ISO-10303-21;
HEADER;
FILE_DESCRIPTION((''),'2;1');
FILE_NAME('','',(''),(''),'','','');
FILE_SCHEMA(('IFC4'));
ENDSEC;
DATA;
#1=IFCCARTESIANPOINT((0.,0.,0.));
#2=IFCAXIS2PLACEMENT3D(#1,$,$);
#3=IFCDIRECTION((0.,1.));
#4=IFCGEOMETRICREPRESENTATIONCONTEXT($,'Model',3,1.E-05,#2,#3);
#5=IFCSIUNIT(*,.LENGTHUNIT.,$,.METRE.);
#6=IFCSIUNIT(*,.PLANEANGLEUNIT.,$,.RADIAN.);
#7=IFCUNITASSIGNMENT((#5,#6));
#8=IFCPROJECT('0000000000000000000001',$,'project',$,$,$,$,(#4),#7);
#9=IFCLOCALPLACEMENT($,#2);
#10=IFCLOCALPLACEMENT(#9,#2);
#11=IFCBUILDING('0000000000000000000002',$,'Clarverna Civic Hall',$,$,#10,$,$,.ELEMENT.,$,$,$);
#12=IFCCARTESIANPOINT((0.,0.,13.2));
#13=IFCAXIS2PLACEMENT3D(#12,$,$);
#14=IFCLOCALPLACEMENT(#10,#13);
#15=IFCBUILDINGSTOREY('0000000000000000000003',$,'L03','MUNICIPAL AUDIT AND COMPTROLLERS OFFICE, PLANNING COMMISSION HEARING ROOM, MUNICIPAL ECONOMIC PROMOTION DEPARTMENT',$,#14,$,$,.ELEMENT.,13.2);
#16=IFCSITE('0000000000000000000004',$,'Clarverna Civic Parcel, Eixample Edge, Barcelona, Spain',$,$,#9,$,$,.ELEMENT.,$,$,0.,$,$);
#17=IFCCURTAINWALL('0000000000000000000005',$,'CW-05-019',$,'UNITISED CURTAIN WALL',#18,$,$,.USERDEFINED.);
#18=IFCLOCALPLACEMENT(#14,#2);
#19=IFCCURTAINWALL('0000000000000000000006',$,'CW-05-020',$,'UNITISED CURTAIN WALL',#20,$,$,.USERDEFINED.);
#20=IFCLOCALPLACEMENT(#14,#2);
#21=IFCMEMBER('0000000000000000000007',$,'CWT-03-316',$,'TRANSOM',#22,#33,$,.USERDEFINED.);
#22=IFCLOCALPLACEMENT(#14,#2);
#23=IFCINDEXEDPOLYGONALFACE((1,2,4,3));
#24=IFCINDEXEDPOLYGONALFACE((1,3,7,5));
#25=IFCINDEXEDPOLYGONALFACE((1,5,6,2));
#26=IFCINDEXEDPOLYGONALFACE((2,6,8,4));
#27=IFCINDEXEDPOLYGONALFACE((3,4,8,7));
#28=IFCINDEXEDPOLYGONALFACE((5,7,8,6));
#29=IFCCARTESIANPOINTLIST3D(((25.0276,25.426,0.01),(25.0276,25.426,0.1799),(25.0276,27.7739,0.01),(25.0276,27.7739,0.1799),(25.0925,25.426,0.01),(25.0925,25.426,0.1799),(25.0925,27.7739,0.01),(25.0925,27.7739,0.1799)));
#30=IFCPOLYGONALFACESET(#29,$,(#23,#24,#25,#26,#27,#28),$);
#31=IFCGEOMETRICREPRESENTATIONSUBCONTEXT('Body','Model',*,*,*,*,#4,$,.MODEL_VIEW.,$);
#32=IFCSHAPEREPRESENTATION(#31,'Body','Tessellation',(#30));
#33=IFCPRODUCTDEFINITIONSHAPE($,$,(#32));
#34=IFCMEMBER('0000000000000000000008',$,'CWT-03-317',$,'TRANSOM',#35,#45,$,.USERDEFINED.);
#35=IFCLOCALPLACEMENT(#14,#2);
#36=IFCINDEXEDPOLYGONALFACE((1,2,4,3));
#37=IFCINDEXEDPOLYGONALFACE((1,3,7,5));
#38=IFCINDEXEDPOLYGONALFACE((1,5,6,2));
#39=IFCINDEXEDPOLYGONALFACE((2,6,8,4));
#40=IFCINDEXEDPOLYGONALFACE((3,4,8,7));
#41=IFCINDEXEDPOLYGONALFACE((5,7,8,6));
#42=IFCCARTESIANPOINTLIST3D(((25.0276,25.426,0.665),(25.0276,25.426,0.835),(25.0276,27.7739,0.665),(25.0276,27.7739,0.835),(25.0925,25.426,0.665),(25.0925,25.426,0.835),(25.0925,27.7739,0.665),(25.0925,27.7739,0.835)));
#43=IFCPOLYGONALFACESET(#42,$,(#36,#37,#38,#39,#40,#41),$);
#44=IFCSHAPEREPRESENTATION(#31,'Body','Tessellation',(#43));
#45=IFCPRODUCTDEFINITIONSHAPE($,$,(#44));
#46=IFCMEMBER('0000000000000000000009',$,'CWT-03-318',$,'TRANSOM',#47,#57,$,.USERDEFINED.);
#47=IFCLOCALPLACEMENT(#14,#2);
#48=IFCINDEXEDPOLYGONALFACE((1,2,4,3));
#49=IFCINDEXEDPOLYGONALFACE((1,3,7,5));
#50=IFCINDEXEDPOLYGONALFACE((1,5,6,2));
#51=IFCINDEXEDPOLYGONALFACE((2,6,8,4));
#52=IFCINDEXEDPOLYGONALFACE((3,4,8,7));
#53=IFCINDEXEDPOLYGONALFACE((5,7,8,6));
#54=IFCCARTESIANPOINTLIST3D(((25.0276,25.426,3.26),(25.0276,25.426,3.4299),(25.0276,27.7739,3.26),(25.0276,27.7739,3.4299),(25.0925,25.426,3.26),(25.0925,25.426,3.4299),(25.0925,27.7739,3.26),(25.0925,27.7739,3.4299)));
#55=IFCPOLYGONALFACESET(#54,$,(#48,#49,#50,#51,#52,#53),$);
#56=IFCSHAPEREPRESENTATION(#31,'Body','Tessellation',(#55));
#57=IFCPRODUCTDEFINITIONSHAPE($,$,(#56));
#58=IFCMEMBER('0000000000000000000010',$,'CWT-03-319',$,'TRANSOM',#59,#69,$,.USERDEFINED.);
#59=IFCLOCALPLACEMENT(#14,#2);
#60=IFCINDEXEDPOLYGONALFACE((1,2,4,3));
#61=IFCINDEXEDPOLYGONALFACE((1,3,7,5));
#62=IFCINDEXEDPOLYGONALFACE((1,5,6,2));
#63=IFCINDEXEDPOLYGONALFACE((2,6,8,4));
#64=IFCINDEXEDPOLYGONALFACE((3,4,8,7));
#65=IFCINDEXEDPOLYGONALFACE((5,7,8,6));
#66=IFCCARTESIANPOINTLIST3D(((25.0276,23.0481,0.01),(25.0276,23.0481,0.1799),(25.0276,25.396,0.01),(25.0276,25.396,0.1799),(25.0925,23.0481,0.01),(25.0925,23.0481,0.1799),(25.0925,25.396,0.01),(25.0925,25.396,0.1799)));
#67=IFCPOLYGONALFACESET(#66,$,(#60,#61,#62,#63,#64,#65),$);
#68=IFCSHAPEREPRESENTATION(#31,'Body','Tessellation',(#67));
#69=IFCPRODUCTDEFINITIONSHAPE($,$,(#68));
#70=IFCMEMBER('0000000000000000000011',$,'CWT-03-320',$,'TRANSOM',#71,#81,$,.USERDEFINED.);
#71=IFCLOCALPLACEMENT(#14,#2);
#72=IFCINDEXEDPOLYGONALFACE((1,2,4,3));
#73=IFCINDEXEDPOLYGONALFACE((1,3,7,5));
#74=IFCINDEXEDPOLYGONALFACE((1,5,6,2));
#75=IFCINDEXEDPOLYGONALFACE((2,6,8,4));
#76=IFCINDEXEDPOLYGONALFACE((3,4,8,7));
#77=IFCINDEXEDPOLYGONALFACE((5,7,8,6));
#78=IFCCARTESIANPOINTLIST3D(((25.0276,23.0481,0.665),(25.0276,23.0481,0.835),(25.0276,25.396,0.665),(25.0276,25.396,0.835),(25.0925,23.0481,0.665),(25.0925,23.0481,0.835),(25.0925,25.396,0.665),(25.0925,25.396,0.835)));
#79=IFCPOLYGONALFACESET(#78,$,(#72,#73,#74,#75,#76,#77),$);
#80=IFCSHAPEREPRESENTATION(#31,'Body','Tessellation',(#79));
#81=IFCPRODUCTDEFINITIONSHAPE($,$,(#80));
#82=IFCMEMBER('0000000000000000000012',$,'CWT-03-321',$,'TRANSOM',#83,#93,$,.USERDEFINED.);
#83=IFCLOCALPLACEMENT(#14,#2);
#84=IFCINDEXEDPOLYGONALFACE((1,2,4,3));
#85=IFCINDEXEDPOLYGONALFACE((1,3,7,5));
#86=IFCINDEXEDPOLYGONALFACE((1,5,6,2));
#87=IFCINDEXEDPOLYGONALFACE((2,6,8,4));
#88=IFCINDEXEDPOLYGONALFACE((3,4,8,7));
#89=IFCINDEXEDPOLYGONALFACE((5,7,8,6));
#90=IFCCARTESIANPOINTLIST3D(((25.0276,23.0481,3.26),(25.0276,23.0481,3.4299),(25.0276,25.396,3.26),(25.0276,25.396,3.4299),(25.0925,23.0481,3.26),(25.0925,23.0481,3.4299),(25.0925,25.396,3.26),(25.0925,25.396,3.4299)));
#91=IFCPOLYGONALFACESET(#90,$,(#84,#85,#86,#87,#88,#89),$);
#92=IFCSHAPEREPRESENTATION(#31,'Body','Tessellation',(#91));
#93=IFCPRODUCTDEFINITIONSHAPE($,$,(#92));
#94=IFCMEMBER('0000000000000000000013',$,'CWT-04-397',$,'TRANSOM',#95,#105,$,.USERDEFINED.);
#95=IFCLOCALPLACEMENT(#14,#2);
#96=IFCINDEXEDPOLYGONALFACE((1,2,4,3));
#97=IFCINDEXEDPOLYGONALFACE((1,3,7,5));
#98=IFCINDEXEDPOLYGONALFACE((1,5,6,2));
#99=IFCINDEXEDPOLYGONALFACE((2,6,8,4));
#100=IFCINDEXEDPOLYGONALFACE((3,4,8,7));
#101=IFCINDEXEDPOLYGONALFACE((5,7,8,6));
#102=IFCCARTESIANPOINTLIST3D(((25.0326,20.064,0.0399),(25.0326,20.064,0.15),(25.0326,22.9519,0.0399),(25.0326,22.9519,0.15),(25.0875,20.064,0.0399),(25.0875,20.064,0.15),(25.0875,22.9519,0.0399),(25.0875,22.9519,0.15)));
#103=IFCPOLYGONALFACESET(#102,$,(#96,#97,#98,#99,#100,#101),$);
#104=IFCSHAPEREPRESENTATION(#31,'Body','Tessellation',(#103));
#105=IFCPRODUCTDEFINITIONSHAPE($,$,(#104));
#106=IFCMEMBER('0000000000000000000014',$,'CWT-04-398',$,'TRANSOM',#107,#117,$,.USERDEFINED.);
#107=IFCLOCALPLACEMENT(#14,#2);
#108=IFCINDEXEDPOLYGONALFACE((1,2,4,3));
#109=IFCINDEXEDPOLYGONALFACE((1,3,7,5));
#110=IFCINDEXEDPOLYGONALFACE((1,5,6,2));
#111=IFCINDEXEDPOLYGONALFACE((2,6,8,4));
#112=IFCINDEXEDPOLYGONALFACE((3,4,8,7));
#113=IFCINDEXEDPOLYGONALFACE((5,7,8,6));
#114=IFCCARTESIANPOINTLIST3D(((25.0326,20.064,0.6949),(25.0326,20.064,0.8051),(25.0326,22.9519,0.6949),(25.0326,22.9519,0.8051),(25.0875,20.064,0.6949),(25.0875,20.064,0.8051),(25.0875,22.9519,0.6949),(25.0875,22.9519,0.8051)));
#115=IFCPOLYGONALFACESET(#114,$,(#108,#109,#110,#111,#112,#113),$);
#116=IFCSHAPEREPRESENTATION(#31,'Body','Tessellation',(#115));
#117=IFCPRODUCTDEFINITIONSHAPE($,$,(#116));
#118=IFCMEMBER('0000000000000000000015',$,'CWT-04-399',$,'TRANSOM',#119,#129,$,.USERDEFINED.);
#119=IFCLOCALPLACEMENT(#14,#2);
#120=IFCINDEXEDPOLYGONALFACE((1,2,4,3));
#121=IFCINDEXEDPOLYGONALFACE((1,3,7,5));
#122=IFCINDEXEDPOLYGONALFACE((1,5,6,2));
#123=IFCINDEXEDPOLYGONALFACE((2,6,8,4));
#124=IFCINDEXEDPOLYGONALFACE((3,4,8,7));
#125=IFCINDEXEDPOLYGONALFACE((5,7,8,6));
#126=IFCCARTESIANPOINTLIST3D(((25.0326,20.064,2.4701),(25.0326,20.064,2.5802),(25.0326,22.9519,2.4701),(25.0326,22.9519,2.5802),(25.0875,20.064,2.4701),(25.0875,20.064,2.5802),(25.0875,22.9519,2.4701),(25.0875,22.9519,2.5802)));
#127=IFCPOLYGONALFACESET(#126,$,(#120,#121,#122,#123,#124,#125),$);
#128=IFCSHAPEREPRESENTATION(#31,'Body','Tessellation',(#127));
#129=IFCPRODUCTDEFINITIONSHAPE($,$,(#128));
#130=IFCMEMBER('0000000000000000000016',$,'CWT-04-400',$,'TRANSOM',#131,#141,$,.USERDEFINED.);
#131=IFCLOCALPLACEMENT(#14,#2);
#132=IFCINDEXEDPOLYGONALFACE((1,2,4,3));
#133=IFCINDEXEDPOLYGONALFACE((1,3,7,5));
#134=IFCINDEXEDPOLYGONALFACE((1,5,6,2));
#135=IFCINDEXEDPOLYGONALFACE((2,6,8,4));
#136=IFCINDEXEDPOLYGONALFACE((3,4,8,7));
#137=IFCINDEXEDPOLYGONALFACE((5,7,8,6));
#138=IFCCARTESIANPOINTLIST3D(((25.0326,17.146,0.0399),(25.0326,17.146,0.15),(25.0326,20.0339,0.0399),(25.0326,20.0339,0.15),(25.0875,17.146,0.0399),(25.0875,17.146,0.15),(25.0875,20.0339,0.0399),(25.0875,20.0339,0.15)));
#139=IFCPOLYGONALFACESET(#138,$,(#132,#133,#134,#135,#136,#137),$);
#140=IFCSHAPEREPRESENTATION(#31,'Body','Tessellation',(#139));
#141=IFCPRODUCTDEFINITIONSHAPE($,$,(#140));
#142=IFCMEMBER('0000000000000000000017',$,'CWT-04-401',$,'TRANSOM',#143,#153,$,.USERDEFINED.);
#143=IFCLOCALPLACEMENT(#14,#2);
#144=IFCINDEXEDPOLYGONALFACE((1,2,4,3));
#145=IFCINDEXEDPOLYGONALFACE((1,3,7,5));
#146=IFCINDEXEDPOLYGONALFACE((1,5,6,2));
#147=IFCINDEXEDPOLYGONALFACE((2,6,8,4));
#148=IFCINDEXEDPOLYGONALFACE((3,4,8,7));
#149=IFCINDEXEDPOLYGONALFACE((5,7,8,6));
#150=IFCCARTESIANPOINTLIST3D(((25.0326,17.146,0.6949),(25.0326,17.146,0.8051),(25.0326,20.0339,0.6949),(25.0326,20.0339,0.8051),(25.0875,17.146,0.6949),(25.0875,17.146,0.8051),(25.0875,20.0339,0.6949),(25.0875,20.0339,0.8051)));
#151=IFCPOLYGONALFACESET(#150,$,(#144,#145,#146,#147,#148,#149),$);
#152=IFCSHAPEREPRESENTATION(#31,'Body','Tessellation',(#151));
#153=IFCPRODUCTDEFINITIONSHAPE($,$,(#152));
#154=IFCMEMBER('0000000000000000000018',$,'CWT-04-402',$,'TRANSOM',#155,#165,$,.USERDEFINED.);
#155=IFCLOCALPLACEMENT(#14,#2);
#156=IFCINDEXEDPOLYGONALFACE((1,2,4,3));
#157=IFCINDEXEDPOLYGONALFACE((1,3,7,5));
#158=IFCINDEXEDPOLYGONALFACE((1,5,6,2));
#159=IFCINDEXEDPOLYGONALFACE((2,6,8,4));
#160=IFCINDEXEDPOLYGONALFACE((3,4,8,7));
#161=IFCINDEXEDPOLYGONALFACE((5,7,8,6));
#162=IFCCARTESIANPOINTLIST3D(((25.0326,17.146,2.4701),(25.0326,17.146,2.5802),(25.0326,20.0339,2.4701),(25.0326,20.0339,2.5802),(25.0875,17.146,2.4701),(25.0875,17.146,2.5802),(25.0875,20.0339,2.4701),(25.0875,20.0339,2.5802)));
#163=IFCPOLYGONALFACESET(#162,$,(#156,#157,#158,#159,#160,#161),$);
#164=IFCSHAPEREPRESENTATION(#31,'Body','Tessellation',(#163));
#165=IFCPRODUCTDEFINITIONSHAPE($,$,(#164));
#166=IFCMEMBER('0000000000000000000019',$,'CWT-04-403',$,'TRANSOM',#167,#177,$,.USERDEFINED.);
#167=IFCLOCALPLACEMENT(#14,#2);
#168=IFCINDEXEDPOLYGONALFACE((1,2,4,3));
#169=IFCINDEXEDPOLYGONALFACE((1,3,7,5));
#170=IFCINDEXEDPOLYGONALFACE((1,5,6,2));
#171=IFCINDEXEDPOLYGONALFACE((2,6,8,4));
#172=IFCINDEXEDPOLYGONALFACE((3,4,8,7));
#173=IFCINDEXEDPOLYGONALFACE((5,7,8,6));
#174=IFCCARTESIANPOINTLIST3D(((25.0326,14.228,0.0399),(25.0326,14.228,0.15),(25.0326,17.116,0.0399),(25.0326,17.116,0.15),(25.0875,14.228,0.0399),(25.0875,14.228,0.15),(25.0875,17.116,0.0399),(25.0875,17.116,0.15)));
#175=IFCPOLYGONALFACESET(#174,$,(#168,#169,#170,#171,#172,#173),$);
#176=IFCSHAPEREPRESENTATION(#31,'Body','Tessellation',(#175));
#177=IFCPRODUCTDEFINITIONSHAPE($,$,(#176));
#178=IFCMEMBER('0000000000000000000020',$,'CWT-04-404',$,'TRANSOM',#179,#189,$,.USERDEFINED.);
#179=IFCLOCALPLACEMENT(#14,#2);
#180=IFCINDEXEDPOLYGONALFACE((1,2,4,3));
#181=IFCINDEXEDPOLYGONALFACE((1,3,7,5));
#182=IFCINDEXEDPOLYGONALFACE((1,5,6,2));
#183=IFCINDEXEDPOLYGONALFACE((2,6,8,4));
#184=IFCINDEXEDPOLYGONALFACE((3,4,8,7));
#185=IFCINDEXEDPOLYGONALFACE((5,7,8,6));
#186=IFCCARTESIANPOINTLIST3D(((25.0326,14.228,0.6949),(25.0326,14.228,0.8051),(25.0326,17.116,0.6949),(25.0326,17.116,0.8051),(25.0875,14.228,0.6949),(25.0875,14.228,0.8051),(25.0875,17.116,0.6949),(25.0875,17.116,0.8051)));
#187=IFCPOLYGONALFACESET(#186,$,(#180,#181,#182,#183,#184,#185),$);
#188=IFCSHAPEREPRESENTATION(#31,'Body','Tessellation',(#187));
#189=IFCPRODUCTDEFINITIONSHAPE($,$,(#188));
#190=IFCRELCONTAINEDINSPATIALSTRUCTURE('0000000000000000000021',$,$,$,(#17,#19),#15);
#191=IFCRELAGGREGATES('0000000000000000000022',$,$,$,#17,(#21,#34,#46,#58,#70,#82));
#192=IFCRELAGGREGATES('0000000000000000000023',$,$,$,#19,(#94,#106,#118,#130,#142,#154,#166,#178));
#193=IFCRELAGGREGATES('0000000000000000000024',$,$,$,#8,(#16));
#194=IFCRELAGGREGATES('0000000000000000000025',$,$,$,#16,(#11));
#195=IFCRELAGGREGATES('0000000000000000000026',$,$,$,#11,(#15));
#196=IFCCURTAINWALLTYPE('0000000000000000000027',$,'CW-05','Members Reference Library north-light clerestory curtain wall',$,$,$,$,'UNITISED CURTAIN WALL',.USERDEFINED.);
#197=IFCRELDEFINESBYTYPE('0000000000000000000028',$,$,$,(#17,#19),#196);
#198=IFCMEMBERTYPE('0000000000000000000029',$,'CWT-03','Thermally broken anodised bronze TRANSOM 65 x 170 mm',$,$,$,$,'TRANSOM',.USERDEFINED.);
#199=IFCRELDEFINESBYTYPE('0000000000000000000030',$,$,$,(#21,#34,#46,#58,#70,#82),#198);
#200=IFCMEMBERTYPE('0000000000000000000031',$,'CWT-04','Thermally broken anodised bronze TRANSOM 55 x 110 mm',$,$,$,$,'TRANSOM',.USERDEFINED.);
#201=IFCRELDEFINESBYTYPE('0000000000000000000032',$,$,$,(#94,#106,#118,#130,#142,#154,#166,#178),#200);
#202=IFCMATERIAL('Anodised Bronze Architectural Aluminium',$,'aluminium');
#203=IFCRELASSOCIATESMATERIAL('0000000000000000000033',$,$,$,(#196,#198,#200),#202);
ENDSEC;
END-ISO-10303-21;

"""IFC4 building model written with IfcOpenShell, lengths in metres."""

from ifc_helpers import new_model, si_unit, direction, frame, origin, origin_2d, place, context, subcontext, project, spatial, rectangle, extrude, material, material_profile, profile_set, type_object, element, aggregate, save


model = new_model("IFC4")

# Units and contexts
model_context = context("Model", 3, precision=1e-05, world=origin(), true_north=direction((0.0, 1.0)))
body_context = subcontext(model_context, "Body", "Model", "MODEL_VIEW")
ifc_project = project(units=[si_unit("LENGTHUNIT", "METRE"), si_unit("PLANEANGLEUNIT", "RADIAN")], contexts=[model_context])

# Site, building, storey
site_placement = place(None, origin())
site = spatial("IfcSite", under=ifc_project, at=site_placement, Name="Clarverna Civic Parcel, Eixample Edge, Barcelona, Spain", CompositionType="ELEMENT", RefElevation=0.0)
building_placement = place(site_placement, origin())
building = spatial("IfcBuilding", under=site, at=building_placement, Name="Clarverna Civic Hall", CompositionType="ELEMENT")
storey_placement = place(building_placement, frame((0.0, 0.0, 13.2)))
storey = spatial("IfcBuildingStorey", under=building, at=storey_placement, Name="L03", Description="MUNICIPAL AUDIT AND COMPTROLLERS OFFICE, PLANNING COMMISSION HEARING ROOM, MUNICIPAL ECONOMIC PROMOTION DEPARTMENT", CompositionType="ELEMENT", Elevation=13.2)

# Curtain walls
ifc_material_1 = material(Name="Anodised Bronze Architectural Aluminium", Category="aluminium")
curtain_wall_type = type_object("IfcCurtainWallType", Name="CW-05", Description="Members Reference Library north-light clerestory curtain wall", ElementType="UNITISED CURTAIN WALL", PredefinedType="USERDEFINED", material=ifc_material_1)
curtain_wall_1_placement = place(storey_placement, origin())
curtain_wall_1 = element("IfcCurtainWall", 1, at=curtain_wall_1_placement, inside=storey, type_object=curtain_wall_type, Name="CW-05-019", ObjectType="UNITISED CURTAIN WALL", PredefinedType="USERDEFINED")
curtain_wall_2_placement = place(storey_placement, origin())
curtain_wall_2 = element("IfcCurtainWall", 2, at=curtain_wall_2_placement, inside=storey, type_object=curtain_wall_type, Name="CW-05-020", ObjectType="UNITISED CURTAIN WALL", PredefinedType="USERDEFINED")

# Members
ifc_material_profile_1 = material_profile(ifc_material_1, rectangle(XDim=0.0649, YDim=0.1699, at=origin_2d()), Name="BRONZE 65x170")
ifc_profile_set_1 = profile_set([ifc_material_profile_1], Name="Anodised Bronze Architectural Aluminium")
member_type_1 = type_object("IfcMemberType", Name="CWT-03", Description="Thermally broken anodised bronze TRANSOM 65 x 170 mm", ElementType="TRANSOM", PredefinedType="USERDEFINED", material=ifc_profile_set_1)
member_1_placement = place(storey_placement, frame((25.0601, 27.7739, 0.095), z_axis=(0.0, -1.0, 0.0), x_axis=(1.0, 0.0, 0.0)))
member_1 = element("IfcMember", 3, at=member_1_placement, type_object=member_type_1, Name="CWT-03-316", ObjectType="TRANSOM", PredefinedType="USERDEFINED", context=body_context, shape_type="SweptSolid", body=[
    extrude(rectangle(XDim=0.0649, YDim=0.1699, at=origin_2d()), origin(), (0.0, 0.0, 1.0), 2.3479),
])
member_2_placement = place(storey_placement, frame((25.0601, 27.7739, 0.75), z_axis=(0.0, -1.0, 0.0), x_axis=(1.0, 0.0, 0.0)))
member_2 = element("IfcMember", 4, at=member_2_placement, type_object=member_type_1, Name="CWT-03-317", ObjectType="TRANSOM", PredefinedType="USERDEFINED", context=body_context, shape_type="SweptSolid", body=[
    extrude(rectangle(XDim=0.0649, YDim=0.1699, at=origin_2d()), origin(), (0.0, 0.0, 1.0), 2.3479),
])
member_3_placement = place(storey_placement, frame((25.0601, 27.7739, 3.345), z_axis=(0.0, -1.0, 0.0), x_axis=(1.0, 0.0, 0.0)))
member_3 = element("IfcMember", 5, at=member_3_placement, type_object=member_type_1, Name="CWT-03-318", ObjectType="TRANSOM", PredefinedType="USERDEFINED", context=body_context, shape_type="SweptSolid", body=[
    extrude(rectangle(XDim=0.0649, YDim=0.1699, at=origin_2d()), origin(), (0.0, 0.0, 1.0), 2.3479),
])
member_4_placement = place(storey_placement, frame((25.0601, 25.396, 0.095), z_axis=(0.0, -1.0, 0.0), x_axis=(1.0, 0.0, 0.0)))
member_4 = element("IfcMember", 6, at=member_4_placement, type_object=member_type_1, Name="CWT-03-319", ObjectType="TRANSOM", PredefinedType="USERDEFINED", context=body_context, shape_type="SweptSolid", body=[
    extrude(rectangle(XDim=0.0649, YDim=0.1699, at=origin_2d()), origin(), (0.0, 0.0, 1.0), 2.3479),
])
member_5_placement = place(storey_placement, frame((25.0601, 25.396, 0.75), z_axis=(0.0, -1.0, 0.0), x_axis=(1.0, 0.0, 0.0)))
member_5 = element("IfcMember", 7, at=member_5_placement, type_object=member_type_1, Name="CWT-03-320", ObjectType="TRANSOM", PredefinedType="USERDEFINED", context=body_context, shape_type="SweptSolid", body=[
    extrude(rectangle(XDim=0.0649, YDim=0.1699, at=origin_2d()), origin(), (0.0, 0.0, 1.0), 2.3479),
])
member_6_placement = place(storey_placement, frame((25.0601, 25.396, 3.345), z_axis=(0.0, -1.0, 0.0), x_axis=(1.0, 0.0, 0.0)))
member_6 = element("IfcMember", 8, at=member_6_placement, type_object=member_type_1, Name="CWT-03-321", ObjectType="TRANSOM", PredefinedType="USERDEFINED", context=body_context, shape_type="SweptSolid", body=[
    extrude(rectangle(XDim=0.0649, YDim=0.1699, at=origin_2d()), origin(), (0.0, 0.0, 1.0), 2.3479),
])
ifc_material_profile_2 = material_profile(ifc_material_1, rectangle(XDim=0.0549, YDim=0.1101, at=origin_2d()), Name="BRONZE 55x110")
ifc_profile_set_2 = profile_set([ifc_material_profile_2], Name="Anodised Bronze Architectural Aluminium")
member_type_2 = type_object("IfcMemberType", Name="CWT-04", Description="Thermally broken anodised bronze TRANSOM 55 x 110 mm", ElementType="TRANSOM", PredefinedType="USERDEFINED", material=ifc_profile_set_2)
member_7_placement = place(storey_placement, frame((25.0601, 22.9519, 0.095), z_axis=(0.0, -1.0, 0.0), x_axis=(1.0, 0.0, 0.0)))
member_7 = element("IfcMember", 9, at=member_7_placement, type_object=member_type_2, Name="CWT-04-397", ObjectType="TRANSOM", PredefinedType="USERDEFINED", context=body_context, shape_type="SweptSolid", body=[
    extrude(rectangle(XDim=0.0549, YDim=0.1101, at=origin_2d()), origin(), (0.0, 0.0, 1.0), 2.8879),
])
member_8_placement = place(storey_placement, frame((25.0601, 22.9519, 0.75), z_axis=(0.0, -1.0, 0.0), x_axis=(1.0, 0.0, 0.0)))
member_8 = element("IfcMember", 10, at=member_8_placement, type_object=member_type_2, Name="CWT-04-398", ObjectType="TRANSOM", PredefinedType="USERDEFINED", context=body_context, shape_type="SweptSolid", body=[
    extrude(rectangle(XDim=0.0549, YDim=0.1101, at=origin_2d()), origin(), (0.0, 0.0, 1.0), 2.8879),
])
member_9_placement = place(storey_placement, frame((25.0601, 22.9519, 2.5251), z_axis=(0.0, -1.0, 0.0), x_axis=(1.0, 0.0, 0.0)))
member_9 = element("IfcMember", 11, at=member_9_placement, type_object=member_type_2, Name="CWT-04-399", ObjectType="TRANSOM", PredefinedType="USERDEFINED", context=body_context, shape_type="SweptSolid", body=[
    extrude(rectangle(XDim=0.0549, YDim=0.1101, at=origin_2d()), origin(), (0.0, 0.0, 1.0), 2.8879),
])
member_10_placement = place(storey_placement, frame((25.0601, 20.0339, 0.095), z_axis=(0.0, -1.0, 0.0), x_axis=(1.0, 0.0, 0.0)))
member_10 = element("IfcMember", 12, at=member_10_placement, type_object=member_type_2, Name="CWT-04-400", ObjectType="TRANSOM", PredefinedType="USERDEFINED", context=body_context, shape_type="SweptSolid", body=[
    extrude(rectangle(XDim=0.0549, YDim=0.1101, at=origin_2d()), origin(), (0.0, 0.0, 1.0), 2.8879),
])
member_11_placement = place(storey_placement, frame((25.0601, 20.0339, 0.75), z_axis=(0.0, -1.0, 0.0), x_axis=(1.0, 0.0, 0.0)))
member_11 = element("IfcMember", 13, at=member_11_placement, type_object=member_type_2, Name="CWT-04-401", ObjectType="TRANSOM", PredefinedType="USERDEFINED", context=body_context, shape_type="SweptSolid", body=[
    extrude(rectangle(XDim=0.0549, YDim=0.1101, at=origin_2d()), origin(), (0.0, 0.0, 1.0), 2.8879),
])
member_12_placement = place(storey_placement, frame((25.0601, 20.0339, 2.5251), z_axis=(0.0, -1.0, 0.0), x_axis=(1.0, 0.0, 0.0)))
member_12 = element("IfcMember", 14, at=member_12_placement, type_object=member_type_2, Name="CWT-04-402", ObjectType="TRANSOM", PredefinedType="USERDEFINED", context=body_context, shape_type="SweptSolid", body=[
    extrude(rectangle(XDim=0.0549, YDim=0.1101, at=origin_2d()), origin(), (0.0, 0.0, 1.0), 2.8879),
])
member_13_placement = place(storey_placement, frame((25.0601, 17.116, 0.095), z_axis=(0.0, -1.0, 0.0), x_axis=(1.0, 0.0, 0.0)))
member_13 = element("IfcMember", 15, at=member_13_placement, type_object=member_type_2, Name="CWT-04-403", ObjectType="TRANSOM", PredefinedType="USERDEFINED", context=body_context, shape_type="SweptSolid", body=[
    extrude(rectangle(XDim=0.0549, YDim=0.1101, at=origin_2d()), origin(), (0.0, 0.0, 1.0), 2.8879),
])
member_14_placement = place(storey_placement, frame((25.0601, 17.116, 0.75), z_axis=(0.0, -1.0, 0.0), x_axis=(1.0, 0.0, 0.0)))
member_14 = element("IfcMember", 16, at=member_14_placement, type_object=member_type_2, Name="CWT-04-404", ObjectType="TRANSOM", PredefinedType="USERDEFINED", context=body_context, shape_type="SweptSolid", body=[
    extrude(rectangle(XDim=0.0549, YDim=0.1101, at=origin_2d()), origin(), (0.0, 0.0, 1.0), 2.8879),
])

aggregate(curtain_wall_1, [member_1, member_2, member_3, member_4, member_5, member_6])
aggregate(curtain_wall_2, [member_7, member_8, member_9, member_10, member_11, member_12, member_13, member_14])

save(model, "model.ifc")
